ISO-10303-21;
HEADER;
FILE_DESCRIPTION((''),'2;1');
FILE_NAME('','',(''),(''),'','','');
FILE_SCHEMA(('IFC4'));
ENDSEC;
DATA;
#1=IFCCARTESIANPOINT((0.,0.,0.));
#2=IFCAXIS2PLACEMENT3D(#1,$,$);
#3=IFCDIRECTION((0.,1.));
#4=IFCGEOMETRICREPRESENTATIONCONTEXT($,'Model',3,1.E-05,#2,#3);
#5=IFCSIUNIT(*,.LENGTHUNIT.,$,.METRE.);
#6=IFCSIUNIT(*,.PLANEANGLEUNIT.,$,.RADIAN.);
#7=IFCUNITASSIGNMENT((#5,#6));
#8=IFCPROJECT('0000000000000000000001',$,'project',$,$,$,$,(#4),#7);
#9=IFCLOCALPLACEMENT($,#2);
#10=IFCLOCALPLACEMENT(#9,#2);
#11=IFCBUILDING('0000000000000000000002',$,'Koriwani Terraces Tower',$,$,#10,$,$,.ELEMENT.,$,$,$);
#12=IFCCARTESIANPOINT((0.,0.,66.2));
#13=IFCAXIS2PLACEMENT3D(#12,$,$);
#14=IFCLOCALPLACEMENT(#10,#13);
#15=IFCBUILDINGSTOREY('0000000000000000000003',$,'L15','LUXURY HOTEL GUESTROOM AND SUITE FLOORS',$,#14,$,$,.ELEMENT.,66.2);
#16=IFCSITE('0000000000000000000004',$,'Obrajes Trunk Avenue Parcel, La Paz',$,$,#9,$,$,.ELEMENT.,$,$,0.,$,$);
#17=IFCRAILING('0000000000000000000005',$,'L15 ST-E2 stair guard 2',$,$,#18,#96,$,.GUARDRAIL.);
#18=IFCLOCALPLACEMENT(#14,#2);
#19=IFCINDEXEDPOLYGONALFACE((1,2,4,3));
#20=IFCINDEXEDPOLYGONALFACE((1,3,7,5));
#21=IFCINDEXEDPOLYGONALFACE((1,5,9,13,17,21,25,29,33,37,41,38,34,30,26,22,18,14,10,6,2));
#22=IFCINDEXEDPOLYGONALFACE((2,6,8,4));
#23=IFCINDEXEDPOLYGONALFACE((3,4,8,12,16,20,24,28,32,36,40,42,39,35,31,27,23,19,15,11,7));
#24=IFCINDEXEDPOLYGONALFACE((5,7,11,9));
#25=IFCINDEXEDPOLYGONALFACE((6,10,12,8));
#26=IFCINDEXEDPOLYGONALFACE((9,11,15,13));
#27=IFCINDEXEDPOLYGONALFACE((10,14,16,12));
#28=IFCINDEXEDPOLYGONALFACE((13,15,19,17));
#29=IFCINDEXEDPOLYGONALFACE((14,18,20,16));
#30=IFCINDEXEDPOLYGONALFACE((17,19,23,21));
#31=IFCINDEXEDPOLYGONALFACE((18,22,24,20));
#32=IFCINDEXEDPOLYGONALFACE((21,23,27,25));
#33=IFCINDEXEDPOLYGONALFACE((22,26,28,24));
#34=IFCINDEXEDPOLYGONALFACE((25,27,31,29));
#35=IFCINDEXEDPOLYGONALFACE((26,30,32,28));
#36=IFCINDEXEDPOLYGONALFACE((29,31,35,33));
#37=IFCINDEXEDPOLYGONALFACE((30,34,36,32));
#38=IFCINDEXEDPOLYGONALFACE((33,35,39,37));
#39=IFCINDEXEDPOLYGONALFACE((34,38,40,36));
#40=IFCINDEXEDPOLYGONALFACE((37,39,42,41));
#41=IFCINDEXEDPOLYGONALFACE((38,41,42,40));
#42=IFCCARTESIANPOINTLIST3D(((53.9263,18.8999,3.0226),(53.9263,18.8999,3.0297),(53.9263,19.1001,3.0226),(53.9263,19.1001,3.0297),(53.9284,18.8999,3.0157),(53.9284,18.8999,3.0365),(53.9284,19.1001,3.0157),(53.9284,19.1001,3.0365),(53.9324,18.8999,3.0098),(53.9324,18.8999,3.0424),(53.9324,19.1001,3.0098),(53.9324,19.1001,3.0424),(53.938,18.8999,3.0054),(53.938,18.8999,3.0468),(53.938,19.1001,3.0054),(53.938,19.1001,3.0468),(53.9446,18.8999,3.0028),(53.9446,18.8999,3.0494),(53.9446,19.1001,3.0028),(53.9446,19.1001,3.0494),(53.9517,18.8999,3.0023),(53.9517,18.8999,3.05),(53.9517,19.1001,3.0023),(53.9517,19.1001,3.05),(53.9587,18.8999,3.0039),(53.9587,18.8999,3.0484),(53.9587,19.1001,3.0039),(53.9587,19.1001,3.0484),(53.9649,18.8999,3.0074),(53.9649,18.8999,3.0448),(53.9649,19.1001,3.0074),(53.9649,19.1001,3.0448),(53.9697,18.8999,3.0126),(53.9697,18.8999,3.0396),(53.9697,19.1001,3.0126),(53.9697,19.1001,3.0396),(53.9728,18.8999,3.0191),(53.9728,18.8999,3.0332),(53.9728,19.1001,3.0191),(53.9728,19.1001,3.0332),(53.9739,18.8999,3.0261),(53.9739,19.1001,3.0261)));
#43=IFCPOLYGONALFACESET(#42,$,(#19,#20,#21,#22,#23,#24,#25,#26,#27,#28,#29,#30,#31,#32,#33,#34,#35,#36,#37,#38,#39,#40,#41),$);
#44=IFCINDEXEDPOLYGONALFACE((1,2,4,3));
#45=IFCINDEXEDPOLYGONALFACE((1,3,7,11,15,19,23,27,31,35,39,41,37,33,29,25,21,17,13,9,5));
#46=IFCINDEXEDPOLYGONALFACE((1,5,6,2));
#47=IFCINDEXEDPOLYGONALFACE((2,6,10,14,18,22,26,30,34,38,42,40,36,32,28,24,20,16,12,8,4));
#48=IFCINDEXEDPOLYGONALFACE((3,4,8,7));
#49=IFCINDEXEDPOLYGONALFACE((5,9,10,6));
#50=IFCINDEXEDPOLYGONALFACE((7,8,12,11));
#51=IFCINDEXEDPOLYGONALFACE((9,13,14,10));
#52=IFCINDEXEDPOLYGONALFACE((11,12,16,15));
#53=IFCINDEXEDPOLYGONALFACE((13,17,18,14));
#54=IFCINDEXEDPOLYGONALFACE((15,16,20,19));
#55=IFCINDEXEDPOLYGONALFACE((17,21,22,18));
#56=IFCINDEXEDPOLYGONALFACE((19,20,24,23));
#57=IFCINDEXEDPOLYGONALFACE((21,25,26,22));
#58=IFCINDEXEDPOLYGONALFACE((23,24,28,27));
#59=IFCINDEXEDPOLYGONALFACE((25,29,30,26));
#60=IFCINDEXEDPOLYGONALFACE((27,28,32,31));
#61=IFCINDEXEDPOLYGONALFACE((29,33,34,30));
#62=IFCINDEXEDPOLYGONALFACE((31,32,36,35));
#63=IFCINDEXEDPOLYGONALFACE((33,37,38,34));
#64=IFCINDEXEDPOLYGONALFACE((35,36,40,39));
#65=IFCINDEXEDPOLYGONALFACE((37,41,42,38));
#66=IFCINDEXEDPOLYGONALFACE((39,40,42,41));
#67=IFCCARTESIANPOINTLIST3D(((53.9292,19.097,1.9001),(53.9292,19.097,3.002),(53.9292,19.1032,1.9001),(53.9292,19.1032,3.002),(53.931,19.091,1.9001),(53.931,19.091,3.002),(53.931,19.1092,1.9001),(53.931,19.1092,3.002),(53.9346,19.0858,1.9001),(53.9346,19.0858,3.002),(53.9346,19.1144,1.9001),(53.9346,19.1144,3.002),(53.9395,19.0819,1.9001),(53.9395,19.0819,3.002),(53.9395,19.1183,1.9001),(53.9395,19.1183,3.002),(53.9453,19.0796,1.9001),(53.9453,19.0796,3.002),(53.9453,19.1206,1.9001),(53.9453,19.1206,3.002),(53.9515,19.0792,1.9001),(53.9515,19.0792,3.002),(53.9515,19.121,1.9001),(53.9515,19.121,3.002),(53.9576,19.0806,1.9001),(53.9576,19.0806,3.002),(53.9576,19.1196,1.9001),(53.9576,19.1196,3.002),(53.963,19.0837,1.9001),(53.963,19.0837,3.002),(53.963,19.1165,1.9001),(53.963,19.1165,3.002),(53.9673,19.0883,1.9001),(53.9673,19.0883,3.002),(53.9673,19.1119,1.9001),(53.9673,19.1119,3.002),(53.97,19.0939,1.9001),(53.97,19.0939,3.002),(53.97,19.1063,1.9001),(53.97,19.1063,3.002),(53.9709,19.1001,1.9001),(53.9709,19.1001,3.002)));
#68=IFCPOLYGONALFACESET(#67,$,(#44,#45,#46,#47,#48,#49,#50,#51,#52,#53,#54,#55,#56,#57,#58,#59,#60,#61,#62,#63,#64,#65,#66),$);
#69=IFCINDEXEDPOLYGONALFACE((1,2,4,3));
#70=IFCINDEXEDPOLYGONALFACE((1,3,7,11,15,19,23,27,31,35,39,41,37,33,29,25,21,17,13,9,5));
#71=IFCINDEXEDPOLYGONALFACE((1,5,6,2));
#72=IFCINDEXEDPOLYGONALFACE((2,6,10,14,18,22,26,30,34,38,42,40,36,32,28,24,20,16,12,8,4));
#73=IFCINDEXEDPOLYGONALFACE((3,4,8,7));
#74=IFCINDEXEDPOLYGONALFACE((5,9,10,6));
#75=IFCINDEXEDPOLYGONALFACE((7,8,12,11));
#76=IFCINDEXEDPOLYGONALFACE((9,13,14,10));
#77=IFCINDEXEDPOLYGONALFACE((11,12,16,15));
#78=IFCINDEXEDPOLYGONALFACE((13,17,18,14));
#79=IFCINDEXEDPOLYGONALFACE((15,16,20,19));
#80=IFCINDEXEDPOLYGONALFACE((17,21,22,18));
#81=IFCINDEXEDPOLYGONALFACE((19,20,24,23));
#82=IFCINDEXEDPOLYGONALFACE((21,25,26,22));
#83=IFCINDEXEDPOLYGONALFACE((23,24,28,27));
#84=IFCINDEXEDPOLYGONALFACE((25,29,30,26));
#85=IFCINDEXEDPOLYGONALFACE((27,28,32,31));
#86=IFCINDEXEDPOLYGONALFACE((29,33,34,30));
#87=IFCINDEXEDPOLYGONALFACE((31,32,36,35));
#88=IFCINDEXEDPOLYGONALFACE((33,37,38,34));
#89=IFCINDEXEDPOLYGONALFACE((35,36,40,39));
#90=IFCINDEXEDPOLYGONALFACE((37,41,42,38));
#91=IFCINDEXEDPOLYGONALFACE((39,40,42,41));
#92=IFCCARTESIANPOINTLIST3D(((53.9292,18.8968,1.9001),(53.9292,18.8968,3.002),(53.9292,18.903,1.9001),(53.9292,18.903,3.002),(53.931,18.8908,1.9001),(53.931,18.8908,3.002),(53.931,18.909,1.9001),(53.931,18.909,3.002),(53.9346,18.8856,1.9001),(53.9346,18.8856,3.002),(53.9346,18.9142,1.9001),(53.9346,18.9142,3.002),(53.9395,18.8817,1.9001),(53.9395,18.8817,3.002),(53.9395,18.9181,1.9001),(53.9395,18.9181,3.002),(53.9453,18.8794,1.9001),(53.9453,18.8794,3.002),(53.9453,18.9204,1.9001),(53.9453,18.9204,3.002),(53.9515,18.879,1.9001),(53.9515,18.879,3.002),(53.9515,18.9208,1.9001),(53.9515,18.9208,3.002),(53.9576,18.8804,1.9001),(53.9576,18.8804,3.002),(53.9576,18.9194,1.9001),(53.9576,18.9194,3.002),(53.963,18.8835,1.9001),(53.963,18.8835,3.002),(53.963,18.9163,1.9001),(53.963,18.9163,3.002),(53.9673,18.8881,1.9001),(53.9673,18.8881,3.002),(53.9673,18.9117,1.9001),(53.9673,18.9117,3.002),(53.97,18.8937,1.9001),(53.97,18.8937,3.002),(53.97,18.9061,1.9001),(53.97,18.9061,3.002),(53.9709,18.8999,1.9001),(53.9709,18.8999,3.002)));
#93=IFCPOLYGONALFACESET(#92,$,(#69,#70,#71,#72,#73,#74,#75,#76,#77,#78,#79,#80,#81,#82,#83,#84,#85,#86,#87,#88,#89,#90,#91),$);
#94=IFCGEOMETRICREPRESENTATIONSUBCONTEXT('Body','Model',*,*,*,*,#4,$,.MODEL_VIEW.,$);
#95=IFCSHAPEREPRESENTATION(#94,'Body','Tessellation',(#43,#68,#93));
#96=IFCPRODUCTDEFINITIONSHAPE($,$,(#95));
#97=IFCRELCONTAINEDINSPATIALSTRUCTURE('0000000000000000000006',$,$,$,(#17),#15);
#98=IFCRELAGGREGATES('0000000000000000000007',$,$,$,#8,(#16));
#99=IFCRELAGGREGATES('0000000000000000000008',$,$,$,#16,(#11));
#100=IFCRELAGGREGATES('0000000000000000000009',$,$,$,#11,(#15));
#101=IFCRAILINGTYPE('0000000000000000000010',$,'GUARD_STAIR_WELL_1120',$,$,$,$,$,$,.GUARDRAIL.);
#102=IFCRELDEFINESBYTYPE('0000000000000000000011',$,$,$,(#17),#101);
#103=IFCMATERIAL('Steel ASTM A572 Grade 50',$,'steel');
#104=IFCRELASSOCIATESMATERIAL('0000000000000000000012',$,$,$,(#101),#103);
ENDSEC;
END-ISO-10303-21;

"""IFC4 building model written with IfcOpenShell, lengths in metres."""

from ifc_helpers import new_model, si_unit, direction, frame, origin, origin_2d, place, context, subcontext, project, spatial, circle, extrude, material, type_object, element, save


model = new_model("IFC4")

# Units and contexts
model_context = context("Model", 3, precision=1e-05, world=origin(), true_north=direction((0.0, 1.0)))
body_context = subcontext(model_context, "Body", "Model", "MODEL_VIEW")
ifc_project = project(units=[si_unit("LENGTHUNIT", "METRE"), si_unit("PLANEANGLEUNIT", "RADIAN")], contexts=[model_context])

# Site, building, storey
site_placement = place(None, origin())
site = spatial("IfcSite", under=ifc_project, at=site_placement, Name="Obrajes Trunk Avenue Parcel, La Paz", CompositionType="ELEMENT", RefElevation=0.0)
building_placement = place(site_placement, origin())
building = spatial("IfcBuilding", under=site, at=building_placement, Name="Koriwani Terraces Tower", CompositionType="ELEMENT")
storey_placement = place(building_placement, frame((0.0, 0.0, 66.2)))
storey = spatial("IfcBuildingStorey", under=building, at=storey_placement, Name="L15", Description="LUXURY HOTEL GUESTROOM AND SUITE FLOORS", CompositionType="ELEMENT", Elevation=66.2)

# Shared definitions
ifc_material_1 = material(Name="Steel ASTM A572 Grade 50", Category="steel")

# Railing
railing_type_1 = type_object("IfcRailingType", Name="GUARD_STAIR_WELL_1120", PredefinedType="GUARDRAIL", material=ifc_material_1)
railing_1_placement = place(storey_placement, frame((53.95, 19.1001, 1.9001)))
element("IfcRailing", 1, at=railing_1_placement, inside=storey, type_object=railing_type_1, Name="L15 ST-E2 stair guard 2", PredefinedType="GUARDRAIL", context=body_context, shape_type="SweptSolid", body=[
    extrude(circle(Radius=0.0239, at=origin_2d()), frame((0.0, 0.0, 1.126), z_axis=(0.0, -1.0, 0.0), x_axis=(1.0, 0.0, 0.0)), (0.0, 0.0, 1.0), 0.2002),
    extrude(circle(Radius=0.021, at=origin_2d()), origin(), (0.0, 0.0, 1.0), 1.1018),
    extrude(circle(Radius=0.021, at=origin_2d()), frame((0.0, -0.2002, 0.0)), (0.0, 0.0, 1.0), 1.1018),
])

save(model, "model.ifc")
